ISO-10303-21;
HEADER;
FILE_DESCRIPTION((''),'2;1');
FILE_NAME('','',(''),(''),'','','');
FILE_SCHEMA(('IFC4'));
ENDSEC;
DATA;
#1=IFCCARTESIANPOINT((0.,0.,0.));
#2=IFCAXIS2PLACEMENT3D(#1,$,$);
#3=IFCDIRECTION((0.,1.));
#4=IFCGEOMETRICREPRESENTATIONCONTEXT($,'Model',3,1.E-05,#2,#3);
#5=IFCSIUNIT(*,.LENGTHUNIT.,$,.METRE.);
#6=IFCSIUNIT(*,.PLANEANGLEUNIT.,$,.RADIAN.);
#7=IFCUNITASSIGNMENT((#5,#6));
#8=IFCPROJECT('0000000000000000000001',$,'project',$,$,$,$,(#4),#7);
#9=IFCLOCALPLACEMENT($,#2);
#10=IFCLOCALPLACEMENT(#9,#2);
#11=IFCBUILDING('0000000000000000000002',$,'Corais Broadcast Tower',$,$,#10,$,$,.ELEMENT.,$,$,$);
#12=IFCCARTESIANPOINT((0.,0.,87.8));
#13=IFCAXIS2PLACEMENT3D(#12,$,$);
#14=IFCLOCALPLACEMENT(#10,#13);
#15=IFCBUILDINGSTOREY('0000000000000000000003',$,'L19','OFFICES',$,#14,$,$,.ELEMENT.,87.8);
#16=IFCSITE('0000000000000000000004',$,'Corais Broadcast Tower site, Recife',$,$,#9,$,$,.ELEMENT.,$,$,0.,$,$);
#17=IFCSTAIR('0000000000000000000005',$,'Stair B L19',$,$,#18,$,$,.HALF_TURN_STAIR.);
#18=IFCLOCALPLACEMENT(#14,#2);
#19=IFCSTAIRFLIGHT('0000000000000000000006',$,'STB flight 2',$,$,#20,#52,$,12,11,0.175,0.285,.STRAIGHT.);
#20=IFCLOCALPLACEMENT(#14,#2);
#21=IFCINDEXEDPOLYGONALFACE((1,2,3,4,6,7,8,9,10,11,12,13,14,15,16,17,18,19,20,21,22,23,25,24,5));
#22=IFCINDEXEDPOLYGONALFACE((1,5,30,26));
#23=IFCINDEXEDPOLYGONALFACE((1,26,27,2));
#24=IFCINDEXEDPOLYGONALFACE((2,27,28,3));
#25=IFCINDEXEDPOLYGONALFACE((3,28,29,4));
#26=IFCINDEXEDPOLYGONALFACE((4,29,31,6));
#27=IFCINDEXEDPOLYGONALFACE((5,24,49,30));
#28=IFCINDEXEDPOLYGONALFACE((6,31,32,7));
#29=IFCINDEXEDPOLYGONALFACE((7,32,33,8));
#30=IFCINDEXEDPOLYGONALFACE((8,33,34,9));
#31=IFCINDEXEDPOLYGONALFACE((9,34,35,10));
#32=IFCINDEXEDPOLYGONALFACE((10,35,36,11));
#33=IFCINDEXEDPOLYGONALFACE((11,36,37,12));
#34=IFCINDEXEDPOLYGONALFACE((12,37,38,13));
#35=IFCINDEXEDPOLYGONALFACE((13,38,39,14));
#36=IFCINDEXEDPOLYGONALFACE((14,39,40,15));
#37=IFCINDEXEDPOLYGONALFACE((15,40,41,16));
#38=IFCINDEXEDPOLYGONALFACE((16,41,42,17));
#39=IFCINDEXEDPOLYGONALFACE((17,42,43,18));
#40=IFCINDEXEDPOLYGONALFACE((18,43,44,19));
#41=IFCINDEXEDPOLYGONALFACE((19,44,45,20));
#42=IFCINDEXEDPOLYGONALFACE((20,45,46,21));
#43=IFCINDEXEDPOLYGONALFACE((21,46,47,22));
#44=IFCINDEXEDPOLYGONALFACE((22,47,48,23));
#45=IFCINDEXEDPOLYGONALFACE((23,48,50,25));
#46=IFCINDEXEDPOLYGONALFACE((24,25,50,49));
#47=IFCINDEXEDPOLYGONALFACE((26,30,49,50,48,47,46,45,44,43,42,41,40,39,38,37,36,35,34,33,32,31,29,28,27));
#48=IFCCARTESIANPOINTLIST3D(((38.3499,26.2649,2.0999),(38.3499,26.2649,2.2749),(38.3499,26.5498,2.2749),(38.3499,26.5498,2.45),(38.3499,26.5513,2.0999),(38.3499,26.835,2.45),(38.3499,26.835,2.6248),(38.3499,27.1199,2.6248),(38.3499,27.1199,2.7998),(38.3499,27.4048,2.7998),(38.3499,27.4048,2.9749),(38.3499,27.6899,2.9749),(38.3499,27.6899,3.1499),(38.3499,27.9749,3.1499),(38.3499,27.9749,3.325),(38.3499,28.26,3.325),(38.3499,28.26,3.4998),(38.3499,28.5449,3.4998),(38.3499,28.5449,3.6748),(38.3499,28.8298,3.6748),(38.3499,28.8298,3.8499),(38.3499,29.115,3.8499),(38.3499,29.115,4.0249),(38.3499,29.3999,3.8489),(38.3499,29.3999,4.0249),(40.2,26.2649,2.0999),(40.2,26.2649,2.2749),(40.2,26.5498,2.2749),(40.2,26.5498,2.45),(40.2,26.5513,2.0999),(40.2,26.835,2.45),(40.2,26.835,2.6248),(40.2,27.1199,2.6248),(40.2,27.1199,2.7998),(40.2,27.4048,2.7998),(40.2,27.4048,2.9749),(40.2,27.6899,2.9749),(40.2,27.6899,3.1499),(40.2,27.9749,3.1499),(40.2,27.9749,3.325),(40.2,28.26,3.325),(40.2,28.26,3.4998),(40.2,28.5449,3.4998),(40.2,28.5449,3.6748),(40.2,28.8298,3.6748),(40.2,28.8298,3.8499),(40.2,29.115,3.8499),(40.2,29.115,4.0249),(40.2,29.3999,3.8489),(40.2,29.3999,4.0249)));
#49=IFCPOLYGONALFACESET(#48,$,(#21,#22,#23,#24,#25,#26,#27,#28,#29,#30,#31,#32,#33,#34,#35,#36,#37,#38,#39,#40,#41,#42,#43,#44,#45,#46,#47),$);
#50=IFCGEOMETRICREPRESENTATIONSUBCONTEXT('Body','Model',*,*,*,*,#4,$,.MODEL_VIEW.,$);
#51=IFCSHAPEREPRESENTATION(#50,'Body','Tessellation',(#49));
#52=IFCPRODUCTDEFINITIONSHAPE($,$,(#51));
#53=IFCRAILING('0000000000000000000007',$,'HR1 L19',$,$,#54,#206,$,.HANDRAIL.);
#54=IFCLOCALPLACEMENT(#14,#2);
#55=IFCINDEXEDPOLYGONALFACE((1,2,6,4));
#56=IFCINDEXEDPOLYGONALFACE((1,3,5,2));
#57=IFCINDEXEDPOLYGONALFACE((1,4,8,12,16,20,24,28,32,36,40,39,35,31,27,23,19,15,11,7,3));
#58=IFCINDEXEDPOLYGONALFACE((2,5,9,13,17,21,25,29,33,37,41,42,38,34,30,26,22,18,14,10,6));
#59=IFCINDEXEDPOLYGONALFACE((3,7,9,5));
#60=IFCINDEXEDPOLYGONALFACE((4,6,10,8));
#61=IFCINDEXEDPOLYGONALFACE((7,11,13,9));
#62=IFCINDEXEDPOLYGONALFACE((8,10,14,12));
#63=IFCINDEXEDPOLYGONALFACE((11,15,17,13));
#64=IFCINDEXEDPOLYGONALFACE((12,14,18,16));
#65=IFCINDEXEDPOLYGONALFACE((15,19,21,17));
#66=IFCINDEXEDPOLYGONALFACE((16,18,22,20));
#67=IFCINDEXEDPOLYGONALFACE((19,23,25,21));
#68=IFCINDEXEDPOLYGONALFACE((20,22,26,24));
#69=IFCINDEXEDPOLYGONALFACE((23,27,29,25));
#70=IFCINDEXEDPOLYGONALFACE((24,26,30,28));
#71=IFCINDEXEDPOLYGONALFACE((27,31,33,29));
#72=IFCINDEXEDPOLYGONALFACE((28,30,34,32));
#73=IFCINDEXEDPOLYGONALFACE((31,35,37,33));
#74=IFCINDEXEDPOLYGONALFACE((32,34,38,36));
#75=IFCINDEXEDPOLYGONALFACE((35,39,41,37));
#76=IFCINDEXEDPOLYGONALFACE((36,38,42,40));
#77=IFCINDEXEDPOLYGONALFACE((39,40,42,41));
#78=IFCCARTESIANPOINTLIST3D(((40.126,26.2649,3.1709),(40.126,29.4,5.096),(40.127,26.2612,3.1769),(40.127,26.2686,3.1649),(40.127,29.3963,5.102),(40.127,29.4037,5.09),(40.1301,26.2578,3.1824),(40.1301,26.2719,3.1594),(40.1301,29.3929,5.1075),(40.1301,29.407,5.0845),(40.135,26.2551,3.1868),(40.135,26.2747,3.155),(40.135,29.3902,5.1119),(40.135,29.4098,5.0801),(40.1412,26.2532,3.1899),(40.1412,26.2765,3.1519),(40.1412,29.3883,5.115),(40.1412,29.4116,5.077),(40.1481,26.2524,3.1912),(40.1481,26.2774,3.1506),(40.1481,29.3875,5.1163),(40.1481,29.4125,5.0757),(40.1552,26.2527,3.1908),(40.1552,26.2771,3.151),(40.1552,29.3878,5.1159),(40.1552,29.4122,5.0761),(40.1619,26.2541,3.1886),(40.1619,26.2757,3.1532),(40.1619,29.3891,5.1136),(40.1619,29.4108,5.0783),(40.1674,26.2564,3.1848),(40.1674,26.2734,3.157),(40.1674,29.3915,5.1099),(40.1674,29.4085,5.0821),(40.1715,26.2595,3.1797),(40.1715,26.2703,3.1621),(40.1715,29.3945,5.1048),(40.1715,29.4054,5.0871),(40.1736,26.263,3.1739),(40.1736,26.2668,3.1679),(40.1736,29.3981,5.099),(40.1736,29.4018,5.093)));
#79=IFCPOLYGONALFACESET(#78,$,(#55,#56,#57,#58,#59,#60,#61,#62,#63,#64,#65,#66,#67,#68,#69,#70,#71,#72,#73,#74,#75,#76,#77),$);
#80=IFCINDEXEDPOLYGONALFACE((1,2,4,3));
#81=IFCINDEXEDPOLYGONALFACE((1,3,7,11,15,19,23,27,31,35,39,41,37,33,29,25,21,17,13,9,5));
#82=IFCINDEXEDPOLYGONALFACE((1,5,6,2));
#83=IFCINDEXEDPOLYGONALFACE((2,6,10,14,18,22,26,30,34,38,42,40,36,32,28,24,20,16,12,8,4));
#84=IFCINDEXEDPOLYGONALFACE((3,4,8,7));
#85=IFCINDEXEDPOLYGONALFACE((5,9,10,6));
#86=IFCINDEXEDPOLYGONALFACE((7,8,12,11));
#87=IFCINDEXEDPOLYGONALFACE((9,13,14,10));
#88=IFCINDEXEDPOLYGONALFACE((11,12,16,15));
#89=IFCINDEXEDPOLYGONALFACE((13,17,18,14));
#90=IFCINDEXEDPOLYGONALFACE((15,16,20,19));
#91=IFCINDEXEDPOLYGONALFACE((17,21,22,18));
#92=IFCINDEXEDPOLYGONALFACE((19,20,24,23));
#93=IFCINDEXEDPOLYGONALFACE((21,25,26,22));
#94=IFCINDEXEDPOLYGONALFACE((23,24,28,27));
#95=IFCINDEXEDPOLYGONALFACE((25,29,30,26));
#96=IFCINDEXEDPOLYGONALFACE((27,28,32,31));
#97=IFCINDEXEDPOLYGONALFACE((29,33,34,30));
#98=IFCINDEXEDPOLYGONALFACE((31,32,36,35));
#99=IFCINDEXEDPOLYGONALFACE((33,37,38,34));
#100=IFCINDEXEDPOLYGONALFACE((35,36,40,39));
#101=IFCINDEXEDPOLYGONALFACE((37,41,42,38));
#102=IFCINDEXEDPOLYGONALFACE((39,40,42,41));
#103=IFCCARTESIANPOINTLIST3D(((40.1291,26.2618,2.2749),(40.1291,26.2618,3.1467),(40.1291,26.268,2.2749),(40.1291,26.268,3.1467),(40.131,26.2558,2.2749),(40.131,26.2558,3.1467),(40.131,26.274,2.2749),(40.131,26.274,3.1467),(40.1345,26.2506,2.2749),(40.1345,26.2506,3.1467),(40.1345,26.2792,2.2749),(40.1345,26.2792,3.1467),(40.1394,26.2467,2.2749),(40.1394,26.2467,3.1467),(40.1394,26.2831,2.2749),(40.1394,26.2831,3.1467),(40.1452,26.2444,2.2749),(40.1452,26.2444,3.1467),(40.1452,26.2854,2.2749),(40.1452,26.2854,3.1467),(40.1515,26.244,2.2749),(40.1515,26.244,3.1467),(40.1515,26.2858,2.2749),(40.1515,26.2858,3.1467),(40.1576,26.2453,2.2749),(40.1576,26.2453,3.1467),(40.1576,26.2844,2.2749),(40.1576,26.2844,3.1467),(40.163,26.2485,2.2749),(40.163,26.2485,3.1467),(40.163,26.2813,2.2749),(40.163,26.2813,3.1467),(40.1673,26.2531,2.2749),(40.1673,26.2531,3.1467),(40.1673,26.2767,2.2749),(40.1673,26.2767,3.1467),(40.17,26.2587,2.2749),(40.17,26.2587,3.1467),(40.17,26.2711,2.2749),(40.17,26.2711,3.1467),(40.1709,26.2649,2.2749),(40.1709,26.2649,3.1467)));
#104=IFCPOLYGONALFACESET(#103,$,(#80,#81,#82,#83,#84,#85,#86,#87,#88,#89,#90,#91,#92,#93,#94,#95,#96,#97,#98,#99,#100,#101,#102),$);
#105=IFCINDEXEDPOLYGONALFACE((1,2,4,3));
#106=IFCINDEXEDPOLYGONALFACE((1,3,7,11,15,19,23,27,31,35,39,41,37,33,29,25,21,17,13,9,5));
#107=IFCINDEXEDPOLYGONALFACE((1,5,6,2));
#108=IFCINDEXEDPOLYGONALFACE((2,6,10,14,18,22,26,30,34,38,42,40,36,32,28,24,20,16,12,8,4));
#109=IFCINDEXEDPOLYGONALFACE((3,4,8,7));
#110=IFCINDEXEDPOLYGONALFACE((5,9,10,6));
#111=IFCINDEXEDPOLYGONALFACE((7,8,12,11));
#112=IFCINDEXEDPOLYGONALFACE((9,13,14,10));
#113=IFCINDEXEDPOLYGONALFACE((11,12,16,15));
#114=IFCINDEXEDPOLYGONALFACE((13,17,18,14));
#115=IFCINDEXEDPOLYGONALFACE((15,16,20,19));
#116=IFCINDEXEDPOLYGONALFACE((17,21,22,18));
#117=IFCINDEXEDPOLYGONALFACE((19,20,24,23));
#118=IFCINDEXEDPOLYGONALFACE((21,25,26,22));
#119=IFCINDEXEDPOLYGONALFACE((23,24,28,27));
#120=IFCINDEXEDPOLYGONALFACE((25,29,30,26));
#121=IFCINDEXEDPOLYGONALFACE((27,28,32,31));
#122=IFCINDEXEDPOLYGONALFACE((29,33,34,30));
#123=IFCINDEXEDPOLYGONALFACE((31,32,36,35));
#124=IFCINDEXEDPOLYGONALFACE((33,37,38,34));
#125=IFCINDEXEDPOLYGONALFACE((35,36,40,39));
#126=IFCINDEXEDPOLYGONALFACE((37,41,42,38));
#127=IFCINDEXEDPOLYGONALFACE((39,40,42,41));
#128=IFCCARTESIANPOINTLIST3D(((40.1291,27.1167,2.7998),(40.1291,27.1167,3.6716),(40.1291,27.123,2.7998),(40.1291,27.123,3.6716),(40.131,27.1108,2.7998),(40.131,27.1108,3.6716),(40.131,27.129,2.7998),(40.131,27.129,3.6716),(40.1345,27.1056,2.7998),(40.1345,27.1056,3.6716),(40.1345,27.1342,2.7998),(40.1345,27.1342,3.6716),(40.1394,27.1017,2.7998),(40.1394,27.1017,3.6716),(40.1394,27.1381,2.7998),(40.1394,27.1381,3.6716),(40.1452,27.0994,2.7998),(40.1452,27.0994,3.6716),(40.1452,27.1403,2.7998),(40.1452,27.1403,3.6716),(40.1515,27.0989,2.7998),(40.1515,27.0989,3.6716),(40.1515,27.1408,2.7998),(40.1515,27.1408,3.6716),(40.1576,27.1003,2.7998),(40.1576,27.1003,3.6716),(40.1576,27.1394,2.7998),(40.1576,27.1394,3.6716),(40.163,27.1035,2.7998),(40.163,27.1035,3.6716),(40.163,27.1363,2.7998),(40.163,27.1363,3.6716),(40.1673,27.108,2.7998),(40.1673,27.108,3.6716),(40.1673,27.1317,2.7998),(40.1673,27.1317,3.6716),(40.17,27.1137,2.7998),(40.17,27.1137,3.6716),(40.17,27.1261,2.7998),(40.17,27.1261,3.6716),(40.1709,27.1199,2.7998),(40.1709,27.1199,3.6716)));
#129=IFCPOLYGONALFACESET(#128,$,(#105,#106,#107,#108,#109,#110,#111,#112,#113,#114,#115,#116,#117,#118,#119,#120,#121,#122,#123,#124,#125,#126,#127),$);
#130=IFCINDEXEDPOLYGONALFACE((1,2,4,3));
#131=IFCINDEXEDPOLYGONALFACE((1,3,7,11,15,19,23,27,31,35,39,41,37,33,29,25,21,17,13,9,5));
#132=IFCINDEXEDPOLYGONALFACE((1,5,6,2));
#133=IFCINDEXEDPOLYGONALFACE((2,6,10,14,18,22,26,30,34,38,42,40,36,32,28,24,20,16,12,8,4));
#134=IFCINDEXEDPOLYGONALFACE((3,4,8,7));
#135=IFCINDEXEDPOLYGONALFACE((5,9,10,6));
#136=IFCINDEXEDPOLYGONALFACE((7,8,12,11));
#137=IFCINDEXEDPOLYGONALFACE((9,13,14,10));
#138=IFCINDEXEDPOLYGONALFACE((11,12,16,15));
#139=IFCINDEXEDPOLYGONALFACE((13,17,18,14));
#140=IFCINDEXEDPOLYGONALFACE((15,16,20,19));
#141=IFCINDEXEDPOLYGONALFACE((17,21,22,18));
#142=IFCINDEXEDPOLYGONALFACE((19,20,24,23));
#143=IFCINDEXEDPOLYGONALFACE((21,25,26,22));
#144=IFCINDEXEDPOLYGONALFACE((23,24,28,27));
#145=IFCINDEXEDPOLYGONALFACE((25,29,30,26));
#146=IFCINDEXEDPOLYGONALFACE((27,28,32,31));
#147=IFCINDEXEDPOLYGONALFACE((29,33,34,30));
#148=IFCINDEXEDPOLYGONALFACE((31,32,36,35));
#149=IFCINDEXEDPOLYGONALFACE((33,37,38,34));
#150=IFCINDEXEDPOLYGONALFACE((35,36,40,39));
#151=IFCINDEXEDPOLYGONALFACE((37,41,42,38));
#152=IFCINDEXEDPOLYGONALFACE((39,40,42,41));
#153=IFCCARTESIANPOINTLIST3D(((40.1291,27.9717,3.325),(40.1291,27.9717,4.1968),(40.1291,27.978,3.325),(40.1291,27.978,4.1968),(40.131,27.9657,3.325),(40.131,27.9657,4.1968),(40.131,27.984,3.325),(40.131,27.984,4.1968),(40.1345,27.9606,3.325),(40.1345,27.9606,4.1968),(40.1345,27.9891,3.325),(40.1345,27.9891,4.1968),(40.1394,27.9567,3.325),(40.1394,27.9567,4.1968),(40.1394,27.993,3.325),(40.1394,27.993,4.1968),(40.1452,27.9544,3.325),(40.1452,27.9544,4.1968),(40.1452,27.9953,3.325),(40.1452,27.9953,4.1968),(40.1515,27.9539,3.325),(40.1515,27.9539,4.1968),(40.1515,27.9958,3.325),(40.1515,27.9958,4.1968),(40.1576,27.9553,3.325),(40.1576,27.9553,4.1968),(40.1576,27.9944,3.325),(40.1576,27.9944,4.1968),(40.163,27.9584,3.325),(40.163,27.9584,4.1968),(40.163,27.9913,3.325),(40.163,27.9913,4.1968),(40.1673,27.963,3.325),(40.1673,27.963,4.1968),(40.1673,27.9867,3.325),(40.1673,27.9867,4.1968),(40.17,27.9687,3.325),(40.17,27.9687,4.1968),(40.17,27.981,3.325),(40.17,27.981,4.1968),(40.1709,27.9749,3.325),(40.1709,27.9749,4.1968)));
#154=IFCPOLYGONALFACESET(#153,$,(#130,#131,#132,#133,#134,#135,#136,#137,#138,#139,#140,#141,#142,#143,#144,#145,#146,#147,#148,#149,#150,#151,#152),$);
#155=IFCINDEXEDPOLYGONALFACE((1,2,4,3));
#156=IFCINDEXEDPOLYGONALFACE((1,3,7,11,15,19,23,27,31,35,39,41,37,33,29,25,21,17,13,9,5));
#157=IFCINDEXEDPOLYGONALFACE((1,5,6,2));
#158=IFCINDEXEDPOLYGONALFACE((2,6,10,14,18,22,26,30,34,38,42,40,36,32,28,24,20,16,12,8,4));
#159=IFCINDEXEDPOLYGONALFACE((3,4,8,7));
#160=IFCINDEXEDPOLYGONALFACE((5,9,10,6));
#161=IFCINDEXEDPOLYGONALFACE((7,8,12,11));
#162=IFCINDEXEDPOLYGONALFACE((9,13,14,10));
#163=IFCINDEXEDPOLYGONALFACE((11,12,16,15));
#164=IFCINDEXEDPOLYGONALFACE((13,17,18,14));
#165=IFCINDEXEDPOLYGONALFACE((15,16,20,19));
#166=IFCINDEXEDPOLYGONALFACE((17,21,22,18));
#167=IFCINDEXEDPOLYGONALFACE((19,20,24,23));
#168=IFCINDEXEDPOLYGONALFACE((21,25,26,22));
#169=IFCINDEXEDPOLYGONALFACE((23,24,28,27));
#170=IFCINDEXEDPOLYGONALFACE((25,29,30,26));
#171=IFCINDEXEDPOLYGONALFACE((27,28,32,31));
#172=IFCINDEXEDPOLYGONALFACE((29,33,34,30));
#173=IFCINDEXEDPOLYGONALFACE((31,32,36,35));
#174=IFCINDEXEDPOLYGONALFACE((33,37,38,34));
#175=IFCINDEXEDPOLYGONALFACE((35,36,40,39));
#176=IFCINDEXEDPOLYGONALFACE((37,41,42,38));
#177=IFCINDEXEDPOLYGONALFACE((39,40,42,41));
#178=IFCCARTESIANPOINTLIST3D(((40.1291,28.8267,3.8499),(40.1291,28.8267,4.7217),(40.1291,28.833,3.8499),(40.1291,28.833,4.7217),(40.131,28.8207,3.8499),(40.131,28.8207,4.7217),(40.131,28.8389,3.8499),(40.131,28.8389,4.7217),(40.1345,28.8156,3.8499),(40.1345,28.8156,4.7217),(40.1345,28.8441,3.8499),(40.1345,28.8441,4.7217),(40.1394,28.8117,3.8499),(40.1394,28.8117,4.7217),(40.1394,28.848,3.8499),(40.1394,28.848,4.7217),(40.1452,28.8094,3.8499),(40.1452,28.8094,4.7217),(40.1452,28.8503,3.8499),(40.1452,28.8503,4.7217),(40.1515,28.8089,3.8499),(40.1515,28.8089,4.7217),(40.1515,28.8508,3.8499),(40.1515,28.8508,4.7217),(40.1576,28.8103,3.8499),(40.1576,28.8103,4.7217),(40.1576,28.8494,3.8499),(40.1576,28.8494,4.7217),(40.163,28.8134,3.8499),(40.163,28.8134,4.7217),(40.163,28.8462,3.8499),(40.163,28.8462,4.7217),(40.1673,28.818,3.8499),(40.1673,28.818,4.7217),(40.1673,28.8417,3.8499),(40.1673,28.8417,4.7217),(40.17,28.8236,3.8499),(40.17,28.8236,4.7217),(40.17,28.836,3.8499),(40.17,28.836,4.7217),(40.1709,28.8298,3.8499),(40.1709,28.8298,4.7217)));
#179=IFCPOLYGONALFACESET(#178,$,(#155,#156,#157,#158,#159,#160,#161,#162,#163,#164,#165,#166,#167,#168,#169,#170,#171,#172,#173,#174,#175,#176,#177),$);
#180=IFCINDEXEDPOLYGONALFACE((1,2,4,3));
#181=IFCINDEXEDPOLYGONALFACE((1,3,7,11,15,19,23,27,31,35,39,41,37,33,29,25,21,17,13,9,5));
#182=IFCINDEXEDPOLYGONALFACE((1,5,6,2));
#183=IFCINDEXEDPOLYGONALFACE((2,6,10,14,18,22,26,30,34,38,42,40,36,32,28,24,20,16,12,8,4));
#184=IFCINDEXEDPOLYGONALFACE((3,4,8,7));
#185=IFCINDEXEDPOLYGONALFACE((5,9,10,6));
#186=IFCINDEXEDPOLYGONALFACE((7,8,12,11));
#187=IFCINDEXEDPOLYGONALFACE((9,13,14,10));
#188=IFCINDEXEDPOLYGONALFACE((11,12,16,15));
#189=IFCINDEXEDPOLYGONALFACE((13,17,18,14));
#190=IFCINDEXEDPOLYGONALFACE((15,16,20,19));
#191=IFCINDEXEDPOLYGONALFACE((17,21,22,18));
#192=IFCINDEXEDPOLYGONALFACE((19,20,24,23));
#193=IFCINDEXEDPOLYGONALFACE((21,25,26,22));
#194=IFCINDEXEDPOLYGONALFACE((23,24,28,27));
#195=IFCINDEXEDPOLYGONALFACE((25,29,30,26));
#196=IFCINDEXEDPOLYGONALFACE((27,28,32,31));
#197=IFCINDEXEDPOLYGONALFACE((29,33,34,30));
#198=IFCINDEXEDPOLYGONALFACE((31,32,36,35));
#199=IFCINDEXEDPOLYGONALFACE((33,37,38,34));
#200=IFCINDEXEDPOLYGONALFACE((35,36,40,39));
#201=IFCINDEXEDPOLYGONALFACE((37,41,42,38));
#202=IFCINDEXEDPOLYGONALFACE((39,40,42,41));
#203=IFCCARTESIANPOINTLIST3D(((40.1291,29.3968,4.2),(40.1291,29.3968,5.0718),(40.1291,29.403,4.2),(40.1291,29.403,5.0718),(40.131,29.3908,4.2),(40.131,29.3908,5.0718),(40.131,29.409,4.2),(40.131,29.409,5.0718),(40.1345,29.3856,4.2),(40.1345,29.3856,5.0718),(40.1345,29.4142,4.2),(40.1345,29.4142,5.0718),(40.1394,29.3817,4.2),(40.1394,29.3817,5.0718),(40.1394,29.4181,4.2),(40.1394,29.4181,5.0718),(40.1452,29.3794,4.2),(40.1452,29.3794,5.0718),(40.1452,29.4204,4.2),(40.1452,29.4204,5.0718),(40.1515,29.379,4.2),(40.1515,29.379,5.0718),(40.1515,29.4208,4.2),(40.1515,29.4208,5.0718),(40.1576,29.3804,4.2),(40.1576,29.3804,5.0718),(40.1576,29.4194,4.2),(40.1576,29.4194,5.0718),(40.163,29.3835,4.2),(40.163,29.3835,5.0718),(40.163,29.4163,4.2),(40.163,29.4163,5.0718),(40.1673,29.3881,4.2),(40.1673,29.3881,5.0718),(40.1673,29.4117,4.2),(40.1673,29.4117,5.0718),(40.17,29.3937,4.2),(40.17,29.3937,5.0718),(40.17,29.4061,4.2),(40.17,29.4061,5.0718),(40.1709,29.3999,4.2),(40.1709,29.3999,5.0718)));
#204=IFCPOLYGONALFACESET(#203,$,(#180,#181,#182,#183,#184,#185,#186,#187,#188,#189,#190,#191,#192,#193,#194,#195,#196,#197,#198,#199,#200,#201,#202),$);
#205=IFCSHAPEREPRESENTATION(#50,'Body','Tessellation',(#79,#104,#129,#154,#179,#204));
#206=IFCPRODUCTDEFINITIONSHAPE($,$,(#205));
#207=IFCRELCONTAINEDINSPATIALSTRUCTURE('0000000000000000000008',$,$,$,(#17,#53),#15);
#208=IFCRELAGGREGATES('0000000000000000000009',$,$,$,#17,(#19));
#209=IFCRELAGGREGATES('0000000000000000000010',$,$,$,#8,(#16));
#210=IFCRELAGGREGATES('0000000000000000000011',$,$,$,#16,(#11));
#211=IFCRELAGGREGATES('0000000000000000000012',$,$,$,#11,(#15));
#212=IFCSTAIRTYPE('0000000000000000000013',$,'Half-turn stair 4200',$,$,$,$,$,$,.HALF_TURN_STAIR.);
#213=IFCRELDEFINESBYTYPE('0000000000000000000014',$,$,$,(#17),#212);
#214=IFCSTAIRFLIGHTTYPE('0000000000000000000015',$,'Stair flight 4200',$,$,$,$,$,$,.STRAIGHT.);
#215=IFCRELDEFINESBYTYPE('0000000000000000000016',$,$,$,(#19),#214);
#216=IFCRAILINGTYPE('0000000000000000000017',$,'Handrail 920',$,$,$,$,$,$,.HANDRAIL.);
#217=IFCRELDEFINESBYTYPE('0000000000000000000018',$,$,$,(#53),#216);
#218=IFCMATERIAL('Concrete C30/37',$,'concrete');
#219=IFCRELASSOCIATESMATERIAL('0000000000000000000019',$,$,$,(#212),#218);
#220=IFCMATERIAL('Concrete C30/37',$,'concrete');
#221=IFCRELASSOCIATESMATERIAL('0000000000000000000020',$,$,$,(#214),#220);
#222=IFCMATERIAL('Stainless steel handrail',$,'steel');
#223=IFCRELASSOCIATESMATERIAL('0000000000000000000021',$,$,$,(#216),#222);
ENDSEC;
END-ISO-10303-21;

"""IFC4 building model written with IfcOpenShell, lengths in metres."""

from ifc_helpers import new_model, si_unit, direction, frame, origin, origin_2d, place, context, subcontext, project, spatial, polyline, circle, outline, extrude, material, type_object, element, aggregate, save


model = new_model("IFC4")

# Units and contexts
model_context = context("Model", 3, precision=1e-05, world=origin(), true_north=direction((0.0, 1.0)))
body_context = subcontext(model_context, "Body", "Model", "MODEL_VIEW")
ifc_project = project(units=[si_unit("LENGTHUNIT", "METRE"), si_unit("PLANEANGLEUNIT", "RADIAN")], contexts=[model_context])

# Site, building, storey
site_placement = place(None, origin())
site = spatial("IfcSite", under=ifc_project, at=site_placement, Name="Corais Broadcast Tower site, Recife", CompositionType="ELEMENT", RefElevation=0.0)
building_placement = place(site_placement, origin())
building = spatial("IfcBuilding", under=site, at=building_placement, Name="Corais Broadcast Tower", CompositionType="ELEMENT")
storey_placement = place(building_placement, frame((0.0, 0.0, 87.8)))
storey = spatial("IfcBuildingStorey", under=building, at=storey_placement, Name="L19", Description="OFFICES", CompositionType="ELEMENT", Elevation=87.8)

# Stair, stair flight
ifc_material_1 = material(Name="Concrete C30/37", Category="concrete")
stair_type = type_object("IfcStairType", Name="Half-turn stair 4200", PredefinedType="HALF_TURN_STAIR", material=ifc_material_1)
stair_placement = place(storey_placement, origin())
stair = element("IfcStair", 1, at=stair_placement, inside=storey, type_object=stair_type, Name="Stair B L19", PredefinedType="HALF_TURN_STAIR")
ifc_material_2 = material(Name="Concrete C30/37", Category="concrete")
stair_flight_type = type_object("IfcStairFlightType", Name="Stair flight 4200", PredefinedType="STRAIGHT", material=ifc_material_2)
stair_flight_placement = place(storey_placement, frame((39.2749, 26.2649, 2.0999), z_axis=(0.0, 0.0, 1.0), x_axis=(0.0, 1.0, 0.0)))
stair_flight = element("IfcStairFlight", 2, at=stair_flight_placement, type_object=stair_flight_type, Name="STB flight 2", NumberOfRisers=12, NumberOfTreads=11, PredefinedType="STRAIGHT", RiserHeight=0.175, TreadLength=0.285, context=body_context, shape_type="SweptSolid", body=[
    extrude(outline(polyline([(0.0, 0.0), (0.0, 0.175), (0.2849, 0.175), (0.2849, 0.3501), (0.5701, 0.3501), (0.5701, 0.5249), (0.855, 0.5249), (0.855, 0.7), (1.1399, 0.7), (1.1399, 0.875), (1.425, 0.875), (1.425, 1.05), (1.71, 1.05), (1.71, 1.2251), (1.9951, 1.2251), (1.9951, 1.3999), (2.28, 1.3999), (2.28, 1.575), (2.5649, 1.575), (2.5649, 1.75), (2.8501, 1.75), (2.8501, 1.925), (3.135, 1.925), (3.135, 2.1001), (3.135, 1.749), (0.2864, 0.0), (0.0, 0.0)])), frame((0.0, 0.925, 0.0), z_axis=(0.0, -1.0, 0.0), x_axis=(1.0, 0.0, 0.0)), (0.0, 0.0, 1.0), 1.8501),
])
aggregate(stair, [stair_flight])

# Railing
ifc_material_3 = material(Name="Stainless steel handrail", Category="steel")
railing_type = type_object("IfcRailingType", Name="Handrail 920", PredefinedType="HANDRAIL", material=ifc_material_3)
for number, where, name in (
    (3, (40.1499, 26.2649, 2.2749), "HR1 L19"),
):
    element("IfcRailing", number, at=place(storey_placement, frame(where)), inside=storey, type_object=railing_type, Name=name, PredefinedType="HANDRAIL", context=body_context, shape_type="SweptSolid", body=[
        extrude(circle(Radius=0.0239, at=origin_2d()), frame((0.0, 0.0, 0.896), z_axis=(0.0, 0.852166, 0.523271), x_axis=(-1.0, 0.0, 0.0)), (0.0, 0.0, 1.0), 3.679),
        extrude(circle(Radius=0.021, at=origin_2d()), origin(), (0.0, 0.0, 1.0), 0.8718),
        extrude(circle(Radius=0.021, at=origin_2d()), frame((0.0, 0.855, 0.5249)), (0.0, 0.0, 1.0), 0.8718),
        extrude(circle(Radius=0.021, at=origin_2d()), frame((0.0, 1.71, 1.05)), (0.0, 0.0, 1.0), 0.8718),
        extrude(circle(Radius=0.021, at=origin_2d()), frame((0.0, 2.5649, 1.575)), (0.0, 0.0, 1.0), 0.8718),
        extrude(circle(Radius=0.021, at=origin_2d()), frame((0.0, 3.135, 1.925)), (0.0, 0.0, 1.0), 0.8718),
    ])

save(model, "model.ifc")
